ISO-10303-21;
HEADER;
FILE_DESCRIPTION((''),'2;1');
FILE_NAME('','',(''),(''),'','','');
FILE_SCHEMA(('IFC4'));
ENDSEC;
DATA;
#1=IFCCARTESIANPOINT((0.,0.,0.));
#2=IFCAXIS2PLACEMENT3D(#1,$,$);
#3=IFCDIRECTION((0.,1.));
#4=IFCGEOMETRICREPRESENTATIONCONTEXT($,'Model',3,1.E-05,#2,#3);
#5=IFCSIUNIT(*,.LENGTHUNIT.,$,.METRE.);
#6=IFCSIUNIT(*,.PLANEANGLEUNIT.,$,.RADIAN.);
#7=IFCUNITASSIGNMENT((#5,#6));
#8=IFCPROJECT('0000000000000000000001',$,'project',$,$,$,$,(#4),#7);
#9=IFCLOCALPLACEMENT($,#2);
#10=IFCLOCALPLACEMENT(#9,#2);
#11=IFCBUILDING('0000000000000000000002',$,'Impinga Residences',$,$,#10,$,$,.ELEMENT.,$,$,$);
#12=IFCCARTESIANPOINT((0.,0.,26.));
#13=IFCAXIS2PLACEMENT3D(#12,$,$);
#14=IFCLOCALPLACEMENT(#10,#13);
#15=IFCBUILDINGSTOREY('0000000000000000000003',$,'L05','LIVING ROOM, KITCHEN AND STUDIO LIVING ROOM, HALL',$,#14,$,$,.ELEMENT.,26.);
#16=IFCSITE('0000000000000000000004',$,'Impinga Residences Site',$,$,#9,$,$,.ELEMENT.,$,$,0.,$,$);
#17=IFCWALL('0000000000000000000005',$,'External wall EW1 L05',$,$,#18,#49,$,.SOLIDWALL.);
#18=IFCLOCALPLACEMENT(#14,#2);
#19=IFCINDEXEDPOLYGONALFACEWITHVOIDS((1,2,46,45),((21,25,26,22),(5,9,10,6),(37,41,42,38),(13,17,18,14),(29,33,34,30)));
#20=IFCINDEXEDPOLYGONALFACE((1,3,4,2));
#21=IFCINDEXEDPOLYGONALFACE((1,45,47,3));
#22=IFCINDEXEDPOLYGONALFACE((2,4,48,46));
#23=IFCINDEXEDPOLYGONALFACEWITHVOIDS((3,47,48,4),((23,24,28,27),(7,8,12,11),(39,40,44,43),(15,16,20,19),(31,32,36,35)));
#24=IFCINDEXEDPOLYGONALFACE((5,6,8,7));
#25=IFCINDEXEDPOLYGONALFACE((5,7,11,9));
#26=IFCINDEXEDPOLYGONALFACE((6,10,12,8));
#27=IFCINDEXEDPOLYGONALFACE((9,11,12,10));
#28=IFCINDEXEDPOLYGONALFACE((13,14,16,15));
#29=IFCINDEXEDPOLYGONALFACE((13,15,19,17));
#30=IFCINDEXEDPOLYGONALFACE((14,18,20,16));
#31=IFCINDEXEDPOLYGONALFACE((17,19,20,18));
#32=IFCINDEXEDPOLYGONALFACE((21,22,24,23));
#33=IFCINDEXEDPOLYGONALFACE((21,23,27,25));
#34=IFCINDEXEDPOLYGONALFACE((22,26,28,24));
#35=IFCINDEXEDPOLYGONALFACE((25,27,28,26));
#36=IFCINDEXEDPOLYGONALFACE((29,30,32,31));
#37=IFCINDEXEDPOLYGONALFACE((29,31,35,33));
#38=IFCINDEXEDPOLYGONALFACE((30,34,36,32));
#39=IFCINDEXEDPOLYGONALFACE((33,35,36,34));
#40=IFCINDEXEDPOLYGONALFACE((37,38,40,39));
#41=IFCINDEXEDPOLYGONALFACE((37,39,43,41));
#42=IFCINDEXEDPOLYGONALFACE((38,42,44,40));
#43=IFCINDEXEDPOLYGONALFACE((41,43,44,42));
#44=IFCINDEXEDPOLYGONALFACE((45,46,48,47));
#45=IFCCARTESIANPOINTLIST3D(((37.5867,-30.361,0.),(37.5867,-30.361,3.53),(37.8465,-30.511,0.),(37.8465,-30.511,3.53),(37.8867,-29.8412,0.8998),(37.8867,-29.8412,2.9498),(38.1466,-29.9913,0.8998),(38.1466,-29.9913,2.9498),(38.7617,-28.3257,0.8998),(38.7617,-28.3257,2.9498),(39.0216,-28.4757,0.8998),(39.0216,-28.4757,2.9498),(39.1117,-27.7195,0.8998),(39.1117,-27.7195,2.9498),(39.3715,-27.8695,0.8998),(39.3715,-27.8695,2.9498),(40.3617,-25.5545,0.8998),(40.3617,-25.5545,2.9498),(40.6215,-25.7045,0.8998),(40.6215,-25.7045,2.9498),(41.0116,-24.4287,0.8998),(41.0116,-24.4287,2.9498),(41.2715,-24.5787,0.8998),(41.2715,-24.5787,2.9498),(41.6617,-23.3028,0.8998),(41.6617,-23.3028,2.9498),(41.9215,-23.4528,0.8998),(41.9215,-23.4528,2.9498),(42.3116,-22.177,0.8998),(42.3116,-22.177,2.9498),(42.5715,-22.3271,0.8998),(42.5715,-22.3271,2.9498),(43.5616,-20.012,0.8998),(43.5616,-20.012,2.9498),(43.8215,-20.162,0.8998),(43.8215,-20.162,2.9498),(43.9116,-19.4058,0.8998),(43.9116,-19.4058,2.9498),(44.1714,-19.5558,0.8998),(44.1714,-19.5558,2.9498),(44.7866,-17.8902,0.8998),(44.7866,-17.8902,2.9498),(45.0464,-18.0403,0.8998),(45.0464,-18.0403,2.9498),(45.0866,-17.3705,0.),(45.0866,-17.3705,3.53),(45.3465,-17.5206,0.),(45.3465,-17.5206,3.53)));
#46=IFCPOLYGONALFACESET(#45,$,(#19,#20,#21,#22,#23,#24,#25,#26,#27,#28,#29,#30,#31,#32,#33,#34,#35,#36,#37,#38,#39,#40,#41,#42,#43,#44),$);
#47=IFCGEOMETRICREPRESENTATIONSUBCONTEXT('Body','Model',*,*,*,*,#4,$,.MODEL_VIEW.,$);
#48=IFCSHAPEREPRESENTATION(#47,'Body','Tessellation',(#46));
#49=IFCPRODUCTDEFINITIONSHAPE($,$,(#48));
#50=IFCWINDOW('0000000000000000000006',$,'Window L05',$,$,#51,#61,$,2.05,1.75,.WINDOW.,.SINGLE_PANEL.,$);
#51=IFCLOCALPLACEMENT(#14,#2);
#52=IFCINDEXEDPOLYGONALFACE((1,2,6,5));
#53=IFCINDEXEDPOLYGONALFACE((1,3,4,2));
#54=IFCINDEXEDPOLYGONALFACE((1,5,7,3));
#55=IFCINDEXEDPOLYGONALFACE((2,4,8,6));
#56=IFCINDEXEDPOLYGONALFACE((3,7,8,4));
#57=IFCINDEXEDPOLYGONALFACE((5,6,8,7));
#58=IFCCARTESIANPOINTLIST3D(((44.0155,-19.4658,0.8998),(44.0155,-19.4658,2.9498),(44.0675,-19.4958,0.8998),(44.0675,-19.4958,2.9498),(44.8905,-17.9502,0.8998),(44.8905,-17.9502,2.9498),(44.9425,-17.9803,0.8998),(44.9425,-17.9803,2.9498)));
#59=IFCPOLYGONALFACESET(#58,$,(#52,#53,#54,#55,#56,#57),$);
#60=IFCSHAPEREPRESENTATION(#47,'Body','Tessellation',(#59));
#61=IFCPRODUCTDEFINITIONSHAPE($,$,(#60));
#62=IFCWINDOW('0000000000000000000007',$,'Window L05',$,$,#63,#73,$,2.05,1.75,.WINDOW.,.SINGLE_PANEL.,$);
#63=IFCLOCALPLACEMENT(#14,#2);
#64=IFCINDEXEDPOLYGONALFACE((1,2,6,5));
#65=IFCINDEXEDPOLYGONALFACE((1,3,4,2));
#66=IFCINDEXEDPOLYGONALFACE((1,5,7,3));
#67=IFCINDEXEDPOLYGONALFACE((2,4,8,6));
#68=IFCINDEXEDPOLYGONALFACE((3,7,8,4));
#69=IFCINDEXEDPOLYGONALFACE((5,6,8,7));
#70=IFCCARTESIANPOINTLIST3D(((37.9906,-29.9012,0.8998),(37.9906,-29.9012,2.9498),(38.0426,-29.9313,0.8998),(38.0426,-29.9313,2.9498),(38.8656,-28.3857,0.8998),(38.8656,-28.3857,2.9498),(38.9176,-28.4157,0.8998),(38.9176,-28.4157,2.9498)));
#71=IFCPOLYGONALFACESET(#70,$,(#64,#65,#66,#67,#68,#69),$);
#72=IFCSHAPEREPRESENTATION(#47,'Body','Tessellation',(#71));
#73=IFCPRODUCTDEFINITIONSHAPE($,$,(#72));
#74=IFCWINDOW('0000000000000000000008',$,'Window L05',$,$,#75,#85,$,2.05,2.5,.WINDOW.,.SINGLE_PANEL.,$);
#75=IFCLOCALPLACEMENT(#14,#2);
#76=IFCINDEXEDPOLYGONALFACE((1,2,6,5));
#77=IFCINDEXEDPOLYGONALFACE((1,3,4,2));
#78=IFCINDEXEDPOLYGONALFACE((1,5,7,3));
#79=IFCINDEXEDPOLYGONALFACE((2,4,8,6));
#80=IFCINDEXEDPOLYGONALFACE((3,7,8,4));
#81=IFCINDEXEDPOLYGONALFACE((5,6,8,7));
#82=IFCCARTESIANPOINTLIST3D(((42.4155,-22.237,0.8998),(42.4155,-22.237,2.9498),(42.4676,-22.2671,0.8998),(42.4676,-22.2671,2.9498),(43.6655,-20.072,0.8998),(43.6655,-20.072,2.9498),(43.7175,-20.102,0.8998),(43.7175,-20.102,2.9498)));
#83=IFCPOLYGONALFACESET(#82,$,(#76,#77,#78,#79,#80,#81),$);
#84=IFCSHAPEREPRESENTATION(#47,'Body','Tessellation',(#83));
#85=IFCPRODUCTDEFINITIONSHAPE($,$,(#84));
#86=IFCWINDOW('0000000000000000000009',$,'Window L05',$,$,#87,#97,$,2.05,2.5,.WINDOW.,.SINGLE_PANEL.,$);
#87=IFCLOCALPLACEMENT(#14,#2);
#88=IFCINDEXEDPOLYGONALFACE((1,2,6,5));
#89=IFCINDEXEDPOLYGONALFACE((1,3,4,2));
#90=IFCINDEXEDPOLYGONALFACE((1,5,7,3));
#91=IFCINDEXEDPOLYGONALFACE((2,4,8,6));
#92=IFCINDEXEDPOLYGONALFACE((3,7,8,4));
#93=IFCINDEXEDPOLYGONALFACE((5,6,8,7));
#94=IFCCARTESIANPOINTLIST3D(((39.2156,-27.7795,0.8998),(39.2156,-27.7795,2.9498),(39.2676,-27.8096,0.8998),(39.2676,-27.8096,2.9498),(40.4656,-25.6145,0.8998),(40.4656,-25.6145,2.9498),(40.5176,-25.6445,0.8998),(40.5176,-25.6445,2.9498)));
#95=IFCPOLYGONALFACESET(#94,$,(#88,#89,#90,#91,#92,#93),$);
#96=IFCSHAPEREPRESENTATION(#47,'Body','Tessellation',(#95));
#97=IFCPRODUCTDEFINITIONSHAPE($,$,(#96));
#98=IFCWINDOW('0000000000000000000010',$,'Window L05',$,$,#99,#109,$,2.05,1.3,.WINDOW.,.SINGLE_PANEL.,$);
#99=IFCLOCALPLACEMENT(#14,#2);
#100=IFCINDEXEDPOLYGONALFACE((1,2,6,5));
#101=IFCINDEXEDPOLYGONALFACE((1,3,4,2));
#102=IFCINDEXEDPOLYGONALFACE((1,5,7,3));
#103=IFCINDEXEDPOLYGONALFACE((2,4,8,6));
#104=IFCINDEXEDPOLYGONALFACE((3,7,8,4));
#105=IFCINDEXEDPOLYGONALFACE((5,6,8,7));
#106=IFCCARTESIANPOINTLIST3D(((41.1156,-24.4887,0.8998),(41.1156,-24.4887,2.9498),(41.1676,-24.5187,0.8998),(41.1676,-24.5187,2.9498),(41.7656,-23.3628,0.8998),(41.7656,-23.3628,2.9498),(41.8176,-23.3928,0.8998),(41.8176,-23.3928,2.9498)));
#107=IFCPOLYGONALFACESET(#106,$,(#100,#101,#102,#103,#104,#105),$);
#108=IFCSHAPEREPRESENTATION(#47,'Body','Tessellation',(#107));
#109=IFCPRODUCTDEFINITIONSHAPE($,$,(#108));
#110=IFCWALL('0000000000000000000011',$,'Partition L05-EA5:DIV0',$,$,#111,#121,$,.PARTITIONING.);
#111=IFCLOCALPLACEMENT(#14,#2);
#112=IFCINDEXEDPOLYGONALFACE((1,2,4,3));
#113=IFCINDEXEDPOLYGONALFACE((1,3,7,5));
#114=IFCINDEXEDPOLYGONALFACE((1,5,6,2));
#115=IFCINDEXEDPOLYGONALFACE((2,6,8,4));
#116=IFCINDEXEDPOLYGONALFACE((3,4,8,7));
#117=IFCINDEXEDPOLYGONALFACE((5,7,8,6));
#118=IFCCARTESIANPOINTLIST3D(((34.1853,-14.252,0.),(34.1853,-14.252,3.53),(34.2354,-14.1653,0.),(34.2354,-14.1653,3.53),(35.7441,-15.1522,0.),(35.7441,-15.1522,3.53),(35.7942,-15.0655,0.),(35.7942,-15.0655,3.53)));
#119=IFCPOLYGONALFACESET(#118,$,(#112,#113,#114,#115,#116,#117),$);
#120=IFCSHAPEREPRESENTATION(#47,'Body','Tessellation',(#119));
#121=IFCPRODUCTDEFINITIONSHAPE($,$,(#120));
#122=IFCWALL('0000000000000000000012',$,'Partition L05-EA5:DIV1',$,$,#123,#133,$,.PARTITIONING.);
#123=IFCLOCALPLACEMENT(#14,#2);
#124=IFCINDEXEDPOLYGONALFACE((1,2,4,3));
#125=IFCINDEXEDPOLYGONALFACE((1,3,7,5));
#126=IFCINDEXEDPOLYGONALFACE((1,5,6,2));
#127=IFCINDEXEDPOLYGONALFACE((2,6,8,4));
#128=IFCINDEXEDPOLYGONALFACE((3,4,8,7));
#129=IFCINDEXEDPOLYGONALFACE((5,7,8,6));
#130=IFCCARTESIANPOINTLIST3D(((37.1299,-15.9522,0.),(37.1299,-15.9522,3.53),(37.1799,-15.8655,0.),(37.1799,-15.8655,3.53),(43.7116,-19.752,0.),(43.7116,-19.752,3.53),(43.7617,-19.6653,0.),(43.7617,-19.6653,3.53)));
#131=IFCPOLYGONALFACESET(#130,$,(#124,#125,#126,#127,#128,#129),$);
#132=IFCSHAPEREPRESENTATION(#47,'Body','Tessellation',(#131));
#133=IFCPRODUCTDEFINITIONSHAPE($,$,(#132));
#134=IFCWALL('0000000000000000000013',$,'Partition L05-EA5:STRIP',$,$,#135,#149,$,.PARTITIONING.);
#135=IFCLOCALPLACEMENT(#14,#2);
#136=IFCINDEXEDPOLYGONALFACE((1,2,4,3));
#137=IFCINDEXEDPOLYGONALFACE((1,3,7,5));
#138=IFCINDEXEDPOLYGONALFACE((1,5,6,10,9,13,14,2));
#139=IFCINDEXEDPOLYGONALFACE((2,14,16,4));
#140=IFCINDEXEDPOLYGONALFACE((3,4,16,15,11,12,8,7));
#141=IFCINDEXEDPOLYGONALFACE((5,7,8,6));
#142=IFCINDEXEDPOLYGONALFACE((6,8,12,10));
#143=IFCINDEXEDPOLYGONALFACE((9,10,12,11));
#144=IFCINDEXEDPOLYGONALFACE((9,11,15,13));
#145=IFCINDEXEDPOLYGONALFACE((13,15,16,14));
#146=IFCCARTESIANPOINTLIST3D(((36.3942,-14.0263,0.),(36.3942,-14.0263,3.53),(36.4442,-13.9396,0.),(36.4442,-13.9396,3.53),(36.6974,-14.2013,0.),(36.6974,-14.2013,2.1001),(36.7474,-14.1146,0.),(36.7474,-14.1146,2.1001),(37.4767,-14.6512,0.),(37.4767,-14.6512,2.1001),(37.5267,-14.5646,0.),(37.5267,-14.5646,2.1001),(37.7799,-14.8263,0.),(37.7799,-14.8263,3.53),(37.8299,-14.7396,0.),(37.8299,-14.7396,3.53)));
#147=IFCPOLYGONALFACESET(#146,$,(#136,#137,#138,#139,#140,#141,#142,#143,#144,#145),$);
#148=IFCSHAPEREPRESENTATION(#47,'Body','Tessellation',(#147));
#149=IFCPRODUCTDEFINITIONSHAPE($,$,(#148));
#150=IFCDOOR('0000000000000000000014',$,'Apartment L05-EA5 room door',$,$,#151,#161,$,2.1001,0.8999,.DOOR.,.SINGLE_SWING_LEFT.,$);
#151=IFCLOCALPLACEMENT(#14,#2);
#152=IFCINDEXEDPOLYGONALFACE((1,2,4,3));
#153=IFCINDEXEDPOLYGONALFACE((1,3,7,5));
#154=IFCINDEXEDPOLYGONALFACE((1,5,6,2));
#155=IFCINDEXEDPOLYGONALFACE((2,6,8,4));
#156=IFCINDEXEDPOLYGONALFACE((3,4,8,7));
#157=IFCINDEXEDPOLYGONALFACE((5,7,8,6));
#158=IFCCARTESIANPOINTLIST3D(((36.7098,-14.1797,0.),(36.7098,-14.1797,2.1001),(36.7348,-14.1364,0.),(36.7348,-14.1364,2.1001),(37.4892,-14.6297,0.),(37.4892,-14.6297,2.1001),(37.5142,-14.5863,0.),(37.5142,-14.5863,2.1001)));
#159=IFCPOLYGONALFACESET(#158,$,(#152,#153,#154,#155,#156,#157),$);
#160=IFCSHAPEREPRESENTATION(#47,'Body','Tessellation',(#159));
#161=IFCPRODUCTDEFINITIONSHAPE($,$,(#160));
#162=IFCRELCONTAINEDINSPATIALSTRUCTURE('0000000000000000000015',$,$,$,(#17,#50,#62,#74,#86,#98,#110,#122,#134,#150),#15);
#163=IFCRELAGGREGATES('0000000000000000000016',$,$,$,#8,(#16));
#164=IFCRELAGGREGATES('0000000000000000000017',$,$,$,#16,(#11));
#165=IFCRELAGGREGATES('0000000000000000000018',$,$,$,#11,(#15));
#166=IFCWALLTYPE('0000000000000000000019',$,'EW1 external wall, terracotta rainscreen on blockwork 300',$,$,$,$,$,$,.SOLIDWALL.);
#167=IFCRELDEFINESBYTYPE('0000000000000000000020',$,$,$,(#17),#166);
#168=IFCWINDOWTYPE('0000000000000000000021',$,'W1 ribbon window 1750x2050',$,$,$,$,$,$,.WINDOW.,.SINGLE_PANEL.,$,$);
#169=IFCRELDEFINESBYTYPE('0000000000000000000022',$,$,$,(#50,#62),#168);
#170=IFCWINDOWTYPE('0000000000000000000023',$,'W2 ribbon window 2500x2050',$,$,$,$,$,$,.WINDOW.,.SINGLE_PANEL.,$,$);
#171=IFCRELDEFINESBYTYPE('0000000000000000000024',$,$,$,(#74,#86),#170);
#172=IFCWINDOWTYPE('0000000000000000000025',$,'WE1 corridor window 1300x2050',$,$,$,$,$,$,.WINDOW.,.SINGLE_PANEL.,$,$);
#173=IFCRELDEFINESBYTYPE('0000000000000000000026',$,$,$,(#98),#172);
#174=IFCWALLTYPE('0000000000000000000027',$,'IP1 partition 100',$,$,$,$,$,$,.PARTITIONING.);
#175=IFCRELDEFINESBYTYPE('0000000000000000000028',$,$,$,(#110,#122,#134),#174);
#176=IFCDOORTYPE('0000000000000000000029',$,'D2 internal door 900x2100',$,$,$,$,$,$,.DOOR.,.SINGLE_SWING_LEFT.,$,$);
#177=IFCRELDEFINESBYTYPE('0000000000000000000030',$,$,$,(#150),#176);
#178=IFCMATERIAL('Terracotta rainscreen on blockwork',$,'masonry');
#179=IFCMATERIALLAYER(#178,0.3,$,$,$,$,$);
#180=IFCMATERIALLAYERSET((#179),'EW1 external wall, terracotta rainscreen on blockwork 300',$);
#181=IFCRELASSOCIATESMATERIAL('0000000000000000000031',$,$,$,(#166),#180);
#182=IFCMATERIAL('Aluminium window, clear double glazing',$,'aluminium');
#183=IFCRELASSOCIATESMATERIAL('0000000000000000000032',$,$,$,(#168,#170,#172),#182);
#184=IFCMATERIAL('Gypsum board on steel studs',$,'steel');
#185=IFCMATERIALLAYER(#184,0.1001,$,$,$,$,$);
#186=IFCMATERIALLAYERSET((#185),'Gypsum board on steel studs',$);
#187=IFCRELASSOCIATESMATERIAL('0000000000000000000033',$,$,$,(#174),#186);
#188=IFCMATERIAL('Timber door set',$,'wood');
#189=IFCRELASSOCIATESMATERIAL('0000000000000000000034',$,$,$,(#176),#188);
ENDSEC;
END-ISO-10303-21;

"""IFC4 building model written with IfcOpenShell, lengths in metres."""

from ifc_helpers import new_model, si_unit, direction, frame, frame_2d, origin, place, context, subcontext, project, spatial, rectangle, extrude, material, layer, layer_set, type_object, element, fill, save


model = new_model("IFC4")

# Units and contexts
model_context = context("Model", 3, precision=1e-05, world=origin(), true_north=direction((0.0, 1.0)))
body_context = subcontext(model_context, "Body", "Model", "MODEL_VIEW")
ifc_project = project(units=[si_unit("LENGTHUNIT", "METRE"), si_unit("PLANEANGLEUNIT", "RADIAN")], contexts=[model_context])

# Site, building, storey
site_placement = place(None, origin())
site = spatial("IfcSite", under=ifc_project, at=site_placement, Name="Impinga Residences Site", CompositionType="ELEMENT", RefElevation=0.0)
building_placement = place(site_placement, origin())
building = spatial("IfcBuilding", under=site, at=building_placement, Name="Impinga Residences", CompositionType="ELEMENT")
storey_placement = place(building_placement, frame((0.0, 0.0, 26.0)))
storey = spatial("IfcBuildingStorey", under=building, at=storey_placement, Name="L05", Description="LIVING ROOM, KITCHEN AND STUDIO LIVING ROOM, HALL", CompositionType="ELEMENT", Elevation=26.0)

# Shared definitions
ifc_material_1 = material(Name="Terracotta rainscreen on blockwork", Category="masonry")
ifc_layer_1 = layer(ifc_material_1, 0.3)
ifc_layer_set_1 = layer_set([ifc_layer_1], Name="EW1 external wall, terracotta rainscreen on blockwork 300")
wall_type_1 = type_object("IfcWallType", Name="EW1 external wall, terracotta rainscreen on blockwork 300", PredefinedType="SOLIDWALL", material=ifc_layer_set_1)

# Wall, openings, windows
wall_1_placement = place(storey_placement, frame((45.2166, -17.4456, 0.0), z_axis=(0.0, 0.0, 1.0), x_axis=(-0.499997, -0.866027, 0.0)))
wall_1 = element("IfcWall", 1, at=wall_1_placement, inside=storey, type_object=wall_type_1, Name="External wall EW1 L05", PredefinedType="SOLIDWALL", context=body_context, shape_type="SweptSolid", body=[
    extrude(rectangle(XDim=15.0, YDim=0.3, at=frame_2d((7.5, 0.0))), origin(), (0.0, 0.0, 1.0), 3.53),
])
opening_1_placement = place(wall_1_placement, frame((0.6001, 0.0, 0.8999)))
opening_1 = element("IfcOpeningElement", 2, at=opening_1_placement, cuts=wall_1, PredefinedType="OPENING", context=body_context, shape_type="SweptSolid", body=[
    extrude(rectangle(XDim=1.75, YDim=2.05, at=frame_2d((0.875, 1.0249))), frame((0.0, 0.1599, 0.0), z_axis=(0.0, -1.0, 0.0), x_axis=(1.0, 0.0, 0.0)), (0.0, 0.0, 1.0), 0.3201),
])
opening_2_placement = place(wall_1_placement, frame((3.05, 0.0, 0.8999)))
opening_2 = element("IfcOpeningElement", 3, at=opening_2_placement, cuts=wall_1, PredefinedType="OPENING", context=body_context, shape_type="SweptSolid", body=[
    extrude(rectangle(XDim=2.5, YDim=2.05, at=frame_2d((1.25, 1.0249))), frame((0.0, 0.1599, 0.0), z_axis=(0.0, -1.0, 0.0), x_axis=(1.0, 0.0, 0.0)), (0.0, 0.0, 1.0), 0.3201),
])
opening_3_placement = place(wall_1_placement, frame((6.8501, 0.0, 0.8999)))
opening_3 = element("IfcOpeningElement", 4, at=opening_3_placement, cuts=wall_1, PredefinedType="OPENING", context=body_context, shape_type="SweptSolid", body=[
    extrude(rectangle(XDim=1.3, YDim=2.05, at=frame_2d((0.6499, 1.0249))), frame((0.0, 0.1599, 0.0), z_axis=(0.0, -1.0, 0.0), x_axis=(1.0, 0.0, 0.0)), (0.0, 0.0, 1.0), 0.3201),
])
opening_4_placement = place(wall_1_placement, frame((9.45, 0.0, 0.8999)))
opening_4 = element("IfcOpeningElement", 5, at=opening_4_placement, cuts=wall_1, PredefinedType="OPENING", context=body_context, shape_type="SweptSolid", body=[
    extrude(rectangle(XDim=2.5, YDim=2.05, at=frame_2d((1.25, 1.0249))), frame((0.0, 0.1599, 0.0), z_axis=(0.0, -1.0, 0.0), x_axis=(1.0, 0.0, 0.0)), (0.0, 0.0, 1.0), 0.3201),
])
opening_5_placement = place(wall_1_placement, frame((12.6499, 0.0, 0.8999)))
opening_5 = element("IfcOpeningElement", 6, at=opening_5_placement, cuts=wall_1, PredefinedType="OPENING", context=body_context, shape_type="SweptSolid", body=[
    extrude(rectangle(XDim=1.75, YDim=2.05, at=frame_2d((0.875, 1.0249))), frame((0.0, 0.1599, 0.0), z_axis=(0.0, -1.0, 0.0), x_axis=(1.0, 0.0, 0.0)), (0.0, 0.0, 1.0), 0.3201),
])
ifc_material_2 = material(Name="Aluminium window, clear double glazing", Category="aluminium")
window_type_1 = type_object("IfcWindowType", Name="W1 ribbon window 1750x2050", PartitioningType="SINGLE_PANEL", PredefinedType="WINDOW", material=ifc_material_2)
window_1_placement = place(opening_1_placement, origin())
window_1 = element("IfcWindow", 7, at=window_1_placement, inside=storey, type_object=window_type_1, Name="Window L05", OverallHeight=2.05, OverallWidth=1.75, PartitioningType="SINGLE_PANEL", PredefinedType="WINDOW", context=body_context, shape_type="SweptSolid", body=[
    extrude(rectangle(XDim=1.75, YDim=2.05, at=frame_2d((0.875, 1.0249))), frame((0.0, 0.03, 0.0), z_axis=(0.0, -1.0, 0.0), x_axis=(1.0, 0.0, 0.0)), (0.0, 0.0, 1.0), 0.0601),
])
fill(opening_1, window_1)
window_2_placement = place(opening_5_placement, origin())
window_2 = element("IfcWindow", 8, at=window_2_placement, inside=storey, type_object=window_type_1, Name="Window L05", OverallHeight=2.05, OverallWidth=1.75, PartitioningType="SINGLE_PANEL", PredefinedType="WINDOW", context=body_context, shape_type="SweptSolid", body=[
    extrude(rectangle(XDim=1.75, YDim=2.05, at=frame_2d((0.875, 1.0249))), frame((0.0, 0.03, 0.0), z_axis=(0.0, -1.0, 0.0), x_axis=(1.0, 0.0, 0.0)), (0.0, 0.0, 1.0), 0.0601),
])
fill(opening_5, window_2)
window_type_2 = type_object("IfcWindowType", Name="W2 ribbon window 2500x2050", PartitioningType="SINGLE_PANEL", PredefinedType="WINDOW", material=ifc_material_2)
window_3_placement = place(opening_2_placement, origin())
window_3 = element("IfcWindow", 9, at=window_3_placement, inside=storey, type_object=window_type_2, Name="Window L05", OverallHeight=2.05, OverallWidth=2.5, PartitioningType="SINGLE_PANEL", PredefinedType="WINDOW", context=body_context, shape_type="SweptSolid", body=[
    extrude(rectangle(XDim=2.5, YDim=2.05, at=frame_2d((1.25, 1.0249))), frame((0.0, 0.03, 0.0), z_axis=(0.0, -1.0, 0.0), x_axis=(1.0, 0.0, 0.0)), (0.0, 0.0, 1.0), 0.0601),
])
fill(opening_2, window_3)
window_4_placement = place(opening_4_placement, origin())
window_4 = element("IfcWindow", 10, at=window_4_placement, inside=storey, type_object=window_type_2, Name="Window L05", OverallHeight=2.05, OverallWidth=2.5, PartitioningType="SINGLE_PANEL", PredefinedType="WINDOW", context=body_context, shape_type="SweptSolid", body=[
    extrude(rectangle(XDim=2.5, YDim=2.05, at=frame_2d((1.25, 1.0249))), frame((0.0, 0.03, 0.0), z_axis=(0.0, -1.0, 0.0), x_axis=(1.0, 0.0, 0.0)), (0.0, 0.0, 1.0), 0.0601),
])
fill(opening_4, window_4)
window_type_3 = type_object("IfcWindowType", Name="WE1 corridor window 1300x2050", PartitioningType="SINGLE_PANEL", PredefinedType="WINDOW", material=ifc_material_2)
window_5_placement = place(opening_3_placement, origin())
window_5 = element("IfcWindow", 11, at=window_5_placement, inside=storey, type_object=window_type_3, Name="Window L05", OverallHeight=2.05, OverallWidth=1.3, PartitioningType="SINGLE_PANEL", PredefinedType="WINDOW", context=body_context, shape_type="SweptSolid", body=[
    extrude(rectangle(XDim=1.3, YDim=2.05, at=frame_2d((0.6499, 1.0249))), frame((0.0, 0.03, 0.0), z_axis=(0.0, -1.0, 0.0), x_axis=(1.0, 0.0, 0.0)), (0.0, 0.0, 1.0), 0.0601),
])
fill(opening_3, window_5)

# Walls
ifc_material_3 = material(Name="Gypsum board on steel studs", Category="steel")
ifc_layer_2 = layer(ifc_material_3, 0.1001)
ifc_layer_set_2 = layer_set([ifc_layer_2], Name="Gypsum board on steel studs")
wall_type_2 = type_object("IfcWallType", Name="IP1 partition 100", PredefinedType="PARTITIONING", material=ifc_layer_set_2)
wall_2_placement = place(storey_placement, frame((34.2104, -14.2087, 0.0), z_axis=(0.0, 0.0, 1.0), x_axis=(0.865989, -0.500063, 0.0)))
element("IfcWall", 12, at=wall_2_placement, inside=storey, type_object=wall_type_2, Name="Partition L05-EA5:DIV0", PredefinedType="PARTITIONING", context=body_context, shape_type="SweptSolid", body=[
    extrude(rectangle(XDim=1.8, YDim=0.1001, at=frame_2d((0.8999, 0.0))), origin(), (0.0, 0.0, 1.0), 3.53),
])
wall_3_placement = place(storey_placement, frame((37.155, -15.9089, 0.0), z_axis=(0.0, 0.0, 1.0), x_axis=(0.866036, -0.499981, 0.0)))
element("IfcWall", 13, at=wall_3_placement, inside=storey, type_object=wall_type_2, Name="Partition L05-EA5:DIV1", PredefinedType="PARTITIONING", context=body_context, shape_type="SweptSolid", body=[
    extrude(rectangle(XDim=7.5999, YDim=0.1001, at=frame_2d((3.7998, 0.0))), origin(), (0.0, 0.0, 1.0), 3.53),
])

# Wall, opening, door
wall_4_placement = place(storey_placement, frame((36.4192, -13.9829, 0.0), z_axis=(0.0, 0.0, 1.0), x_axis=(0.866028, -0.499995, 0.0)))
wall_4 = element("IfcWall", 14, at=wall_4_placement, inside=storey, type_object=wall_type_2, Name="Partition L05-EA5:STRIP", PredefinedType="PARTITIONING", context=body_context, shape_type="SweptSolid", body=[
    extrude(rectangle(XDim=1.6001, YDim=0.1001, at=frame_2d((0.8, 0.0))), origin(), (0.0, 0.0, 1.0), 3.53),
])
opening_6_placement = place(wall_4_placement, frame((0.3501, 0.0, 0.0)))
opening_6 = element("IfcOpeningElement", 15, at=opening_6_placement, cuts=wall_4, PredefinedType="OPENING", context=body_context, shape_type="SweptSolid", body=[
    extrude(rectangle(XDim=0.8999, YDim=2.1001, at=frame_2d((0.45, 1.05))), frame((0.0, 0.0601, 0.0), z_axis=(0.0, -1.0, 0.0), x_axis=(1.0, 0.0, 0.0)), (0.0, 0.0, 1.0), 0.1201),
])
ifc_material_4 = material(Name="Timber door set", Category="wood")
door_type = type_object("IfcDoorType", Name="D2 internal door 900x2100", OperationType="SINGLE_SWING_LEFT", PredefinedType="DOOR", material=ifc_material_4)
door_placement = place(opening_6_placement, origin())
door = element("IfcDoor", 16, at=door_placement, inside=storey, type_object=door_type, Name="Apartment L05-EA5 room door", OperationType="SINGLE_SWING_LEFT", OverallHeight=2.1001, OverallWidth=0.8999, PredefinedType="DOOR", context=body_context, shape_type="SweptSolid", body=[
    extrude(rectangle(XDim=0.8999, YDim=2.1001, at=frame_2d((0.45, 1.05))), frame((0.0, 0.0249, 0.0), z_axis=(0.0, -1.0, 0.0), x_axis=(1.0, 0.0, 0.0)), (0.0, 0.0, 1.0), 0.05),
])
fill(opening_6, door)

save(model, "model.ifc")
